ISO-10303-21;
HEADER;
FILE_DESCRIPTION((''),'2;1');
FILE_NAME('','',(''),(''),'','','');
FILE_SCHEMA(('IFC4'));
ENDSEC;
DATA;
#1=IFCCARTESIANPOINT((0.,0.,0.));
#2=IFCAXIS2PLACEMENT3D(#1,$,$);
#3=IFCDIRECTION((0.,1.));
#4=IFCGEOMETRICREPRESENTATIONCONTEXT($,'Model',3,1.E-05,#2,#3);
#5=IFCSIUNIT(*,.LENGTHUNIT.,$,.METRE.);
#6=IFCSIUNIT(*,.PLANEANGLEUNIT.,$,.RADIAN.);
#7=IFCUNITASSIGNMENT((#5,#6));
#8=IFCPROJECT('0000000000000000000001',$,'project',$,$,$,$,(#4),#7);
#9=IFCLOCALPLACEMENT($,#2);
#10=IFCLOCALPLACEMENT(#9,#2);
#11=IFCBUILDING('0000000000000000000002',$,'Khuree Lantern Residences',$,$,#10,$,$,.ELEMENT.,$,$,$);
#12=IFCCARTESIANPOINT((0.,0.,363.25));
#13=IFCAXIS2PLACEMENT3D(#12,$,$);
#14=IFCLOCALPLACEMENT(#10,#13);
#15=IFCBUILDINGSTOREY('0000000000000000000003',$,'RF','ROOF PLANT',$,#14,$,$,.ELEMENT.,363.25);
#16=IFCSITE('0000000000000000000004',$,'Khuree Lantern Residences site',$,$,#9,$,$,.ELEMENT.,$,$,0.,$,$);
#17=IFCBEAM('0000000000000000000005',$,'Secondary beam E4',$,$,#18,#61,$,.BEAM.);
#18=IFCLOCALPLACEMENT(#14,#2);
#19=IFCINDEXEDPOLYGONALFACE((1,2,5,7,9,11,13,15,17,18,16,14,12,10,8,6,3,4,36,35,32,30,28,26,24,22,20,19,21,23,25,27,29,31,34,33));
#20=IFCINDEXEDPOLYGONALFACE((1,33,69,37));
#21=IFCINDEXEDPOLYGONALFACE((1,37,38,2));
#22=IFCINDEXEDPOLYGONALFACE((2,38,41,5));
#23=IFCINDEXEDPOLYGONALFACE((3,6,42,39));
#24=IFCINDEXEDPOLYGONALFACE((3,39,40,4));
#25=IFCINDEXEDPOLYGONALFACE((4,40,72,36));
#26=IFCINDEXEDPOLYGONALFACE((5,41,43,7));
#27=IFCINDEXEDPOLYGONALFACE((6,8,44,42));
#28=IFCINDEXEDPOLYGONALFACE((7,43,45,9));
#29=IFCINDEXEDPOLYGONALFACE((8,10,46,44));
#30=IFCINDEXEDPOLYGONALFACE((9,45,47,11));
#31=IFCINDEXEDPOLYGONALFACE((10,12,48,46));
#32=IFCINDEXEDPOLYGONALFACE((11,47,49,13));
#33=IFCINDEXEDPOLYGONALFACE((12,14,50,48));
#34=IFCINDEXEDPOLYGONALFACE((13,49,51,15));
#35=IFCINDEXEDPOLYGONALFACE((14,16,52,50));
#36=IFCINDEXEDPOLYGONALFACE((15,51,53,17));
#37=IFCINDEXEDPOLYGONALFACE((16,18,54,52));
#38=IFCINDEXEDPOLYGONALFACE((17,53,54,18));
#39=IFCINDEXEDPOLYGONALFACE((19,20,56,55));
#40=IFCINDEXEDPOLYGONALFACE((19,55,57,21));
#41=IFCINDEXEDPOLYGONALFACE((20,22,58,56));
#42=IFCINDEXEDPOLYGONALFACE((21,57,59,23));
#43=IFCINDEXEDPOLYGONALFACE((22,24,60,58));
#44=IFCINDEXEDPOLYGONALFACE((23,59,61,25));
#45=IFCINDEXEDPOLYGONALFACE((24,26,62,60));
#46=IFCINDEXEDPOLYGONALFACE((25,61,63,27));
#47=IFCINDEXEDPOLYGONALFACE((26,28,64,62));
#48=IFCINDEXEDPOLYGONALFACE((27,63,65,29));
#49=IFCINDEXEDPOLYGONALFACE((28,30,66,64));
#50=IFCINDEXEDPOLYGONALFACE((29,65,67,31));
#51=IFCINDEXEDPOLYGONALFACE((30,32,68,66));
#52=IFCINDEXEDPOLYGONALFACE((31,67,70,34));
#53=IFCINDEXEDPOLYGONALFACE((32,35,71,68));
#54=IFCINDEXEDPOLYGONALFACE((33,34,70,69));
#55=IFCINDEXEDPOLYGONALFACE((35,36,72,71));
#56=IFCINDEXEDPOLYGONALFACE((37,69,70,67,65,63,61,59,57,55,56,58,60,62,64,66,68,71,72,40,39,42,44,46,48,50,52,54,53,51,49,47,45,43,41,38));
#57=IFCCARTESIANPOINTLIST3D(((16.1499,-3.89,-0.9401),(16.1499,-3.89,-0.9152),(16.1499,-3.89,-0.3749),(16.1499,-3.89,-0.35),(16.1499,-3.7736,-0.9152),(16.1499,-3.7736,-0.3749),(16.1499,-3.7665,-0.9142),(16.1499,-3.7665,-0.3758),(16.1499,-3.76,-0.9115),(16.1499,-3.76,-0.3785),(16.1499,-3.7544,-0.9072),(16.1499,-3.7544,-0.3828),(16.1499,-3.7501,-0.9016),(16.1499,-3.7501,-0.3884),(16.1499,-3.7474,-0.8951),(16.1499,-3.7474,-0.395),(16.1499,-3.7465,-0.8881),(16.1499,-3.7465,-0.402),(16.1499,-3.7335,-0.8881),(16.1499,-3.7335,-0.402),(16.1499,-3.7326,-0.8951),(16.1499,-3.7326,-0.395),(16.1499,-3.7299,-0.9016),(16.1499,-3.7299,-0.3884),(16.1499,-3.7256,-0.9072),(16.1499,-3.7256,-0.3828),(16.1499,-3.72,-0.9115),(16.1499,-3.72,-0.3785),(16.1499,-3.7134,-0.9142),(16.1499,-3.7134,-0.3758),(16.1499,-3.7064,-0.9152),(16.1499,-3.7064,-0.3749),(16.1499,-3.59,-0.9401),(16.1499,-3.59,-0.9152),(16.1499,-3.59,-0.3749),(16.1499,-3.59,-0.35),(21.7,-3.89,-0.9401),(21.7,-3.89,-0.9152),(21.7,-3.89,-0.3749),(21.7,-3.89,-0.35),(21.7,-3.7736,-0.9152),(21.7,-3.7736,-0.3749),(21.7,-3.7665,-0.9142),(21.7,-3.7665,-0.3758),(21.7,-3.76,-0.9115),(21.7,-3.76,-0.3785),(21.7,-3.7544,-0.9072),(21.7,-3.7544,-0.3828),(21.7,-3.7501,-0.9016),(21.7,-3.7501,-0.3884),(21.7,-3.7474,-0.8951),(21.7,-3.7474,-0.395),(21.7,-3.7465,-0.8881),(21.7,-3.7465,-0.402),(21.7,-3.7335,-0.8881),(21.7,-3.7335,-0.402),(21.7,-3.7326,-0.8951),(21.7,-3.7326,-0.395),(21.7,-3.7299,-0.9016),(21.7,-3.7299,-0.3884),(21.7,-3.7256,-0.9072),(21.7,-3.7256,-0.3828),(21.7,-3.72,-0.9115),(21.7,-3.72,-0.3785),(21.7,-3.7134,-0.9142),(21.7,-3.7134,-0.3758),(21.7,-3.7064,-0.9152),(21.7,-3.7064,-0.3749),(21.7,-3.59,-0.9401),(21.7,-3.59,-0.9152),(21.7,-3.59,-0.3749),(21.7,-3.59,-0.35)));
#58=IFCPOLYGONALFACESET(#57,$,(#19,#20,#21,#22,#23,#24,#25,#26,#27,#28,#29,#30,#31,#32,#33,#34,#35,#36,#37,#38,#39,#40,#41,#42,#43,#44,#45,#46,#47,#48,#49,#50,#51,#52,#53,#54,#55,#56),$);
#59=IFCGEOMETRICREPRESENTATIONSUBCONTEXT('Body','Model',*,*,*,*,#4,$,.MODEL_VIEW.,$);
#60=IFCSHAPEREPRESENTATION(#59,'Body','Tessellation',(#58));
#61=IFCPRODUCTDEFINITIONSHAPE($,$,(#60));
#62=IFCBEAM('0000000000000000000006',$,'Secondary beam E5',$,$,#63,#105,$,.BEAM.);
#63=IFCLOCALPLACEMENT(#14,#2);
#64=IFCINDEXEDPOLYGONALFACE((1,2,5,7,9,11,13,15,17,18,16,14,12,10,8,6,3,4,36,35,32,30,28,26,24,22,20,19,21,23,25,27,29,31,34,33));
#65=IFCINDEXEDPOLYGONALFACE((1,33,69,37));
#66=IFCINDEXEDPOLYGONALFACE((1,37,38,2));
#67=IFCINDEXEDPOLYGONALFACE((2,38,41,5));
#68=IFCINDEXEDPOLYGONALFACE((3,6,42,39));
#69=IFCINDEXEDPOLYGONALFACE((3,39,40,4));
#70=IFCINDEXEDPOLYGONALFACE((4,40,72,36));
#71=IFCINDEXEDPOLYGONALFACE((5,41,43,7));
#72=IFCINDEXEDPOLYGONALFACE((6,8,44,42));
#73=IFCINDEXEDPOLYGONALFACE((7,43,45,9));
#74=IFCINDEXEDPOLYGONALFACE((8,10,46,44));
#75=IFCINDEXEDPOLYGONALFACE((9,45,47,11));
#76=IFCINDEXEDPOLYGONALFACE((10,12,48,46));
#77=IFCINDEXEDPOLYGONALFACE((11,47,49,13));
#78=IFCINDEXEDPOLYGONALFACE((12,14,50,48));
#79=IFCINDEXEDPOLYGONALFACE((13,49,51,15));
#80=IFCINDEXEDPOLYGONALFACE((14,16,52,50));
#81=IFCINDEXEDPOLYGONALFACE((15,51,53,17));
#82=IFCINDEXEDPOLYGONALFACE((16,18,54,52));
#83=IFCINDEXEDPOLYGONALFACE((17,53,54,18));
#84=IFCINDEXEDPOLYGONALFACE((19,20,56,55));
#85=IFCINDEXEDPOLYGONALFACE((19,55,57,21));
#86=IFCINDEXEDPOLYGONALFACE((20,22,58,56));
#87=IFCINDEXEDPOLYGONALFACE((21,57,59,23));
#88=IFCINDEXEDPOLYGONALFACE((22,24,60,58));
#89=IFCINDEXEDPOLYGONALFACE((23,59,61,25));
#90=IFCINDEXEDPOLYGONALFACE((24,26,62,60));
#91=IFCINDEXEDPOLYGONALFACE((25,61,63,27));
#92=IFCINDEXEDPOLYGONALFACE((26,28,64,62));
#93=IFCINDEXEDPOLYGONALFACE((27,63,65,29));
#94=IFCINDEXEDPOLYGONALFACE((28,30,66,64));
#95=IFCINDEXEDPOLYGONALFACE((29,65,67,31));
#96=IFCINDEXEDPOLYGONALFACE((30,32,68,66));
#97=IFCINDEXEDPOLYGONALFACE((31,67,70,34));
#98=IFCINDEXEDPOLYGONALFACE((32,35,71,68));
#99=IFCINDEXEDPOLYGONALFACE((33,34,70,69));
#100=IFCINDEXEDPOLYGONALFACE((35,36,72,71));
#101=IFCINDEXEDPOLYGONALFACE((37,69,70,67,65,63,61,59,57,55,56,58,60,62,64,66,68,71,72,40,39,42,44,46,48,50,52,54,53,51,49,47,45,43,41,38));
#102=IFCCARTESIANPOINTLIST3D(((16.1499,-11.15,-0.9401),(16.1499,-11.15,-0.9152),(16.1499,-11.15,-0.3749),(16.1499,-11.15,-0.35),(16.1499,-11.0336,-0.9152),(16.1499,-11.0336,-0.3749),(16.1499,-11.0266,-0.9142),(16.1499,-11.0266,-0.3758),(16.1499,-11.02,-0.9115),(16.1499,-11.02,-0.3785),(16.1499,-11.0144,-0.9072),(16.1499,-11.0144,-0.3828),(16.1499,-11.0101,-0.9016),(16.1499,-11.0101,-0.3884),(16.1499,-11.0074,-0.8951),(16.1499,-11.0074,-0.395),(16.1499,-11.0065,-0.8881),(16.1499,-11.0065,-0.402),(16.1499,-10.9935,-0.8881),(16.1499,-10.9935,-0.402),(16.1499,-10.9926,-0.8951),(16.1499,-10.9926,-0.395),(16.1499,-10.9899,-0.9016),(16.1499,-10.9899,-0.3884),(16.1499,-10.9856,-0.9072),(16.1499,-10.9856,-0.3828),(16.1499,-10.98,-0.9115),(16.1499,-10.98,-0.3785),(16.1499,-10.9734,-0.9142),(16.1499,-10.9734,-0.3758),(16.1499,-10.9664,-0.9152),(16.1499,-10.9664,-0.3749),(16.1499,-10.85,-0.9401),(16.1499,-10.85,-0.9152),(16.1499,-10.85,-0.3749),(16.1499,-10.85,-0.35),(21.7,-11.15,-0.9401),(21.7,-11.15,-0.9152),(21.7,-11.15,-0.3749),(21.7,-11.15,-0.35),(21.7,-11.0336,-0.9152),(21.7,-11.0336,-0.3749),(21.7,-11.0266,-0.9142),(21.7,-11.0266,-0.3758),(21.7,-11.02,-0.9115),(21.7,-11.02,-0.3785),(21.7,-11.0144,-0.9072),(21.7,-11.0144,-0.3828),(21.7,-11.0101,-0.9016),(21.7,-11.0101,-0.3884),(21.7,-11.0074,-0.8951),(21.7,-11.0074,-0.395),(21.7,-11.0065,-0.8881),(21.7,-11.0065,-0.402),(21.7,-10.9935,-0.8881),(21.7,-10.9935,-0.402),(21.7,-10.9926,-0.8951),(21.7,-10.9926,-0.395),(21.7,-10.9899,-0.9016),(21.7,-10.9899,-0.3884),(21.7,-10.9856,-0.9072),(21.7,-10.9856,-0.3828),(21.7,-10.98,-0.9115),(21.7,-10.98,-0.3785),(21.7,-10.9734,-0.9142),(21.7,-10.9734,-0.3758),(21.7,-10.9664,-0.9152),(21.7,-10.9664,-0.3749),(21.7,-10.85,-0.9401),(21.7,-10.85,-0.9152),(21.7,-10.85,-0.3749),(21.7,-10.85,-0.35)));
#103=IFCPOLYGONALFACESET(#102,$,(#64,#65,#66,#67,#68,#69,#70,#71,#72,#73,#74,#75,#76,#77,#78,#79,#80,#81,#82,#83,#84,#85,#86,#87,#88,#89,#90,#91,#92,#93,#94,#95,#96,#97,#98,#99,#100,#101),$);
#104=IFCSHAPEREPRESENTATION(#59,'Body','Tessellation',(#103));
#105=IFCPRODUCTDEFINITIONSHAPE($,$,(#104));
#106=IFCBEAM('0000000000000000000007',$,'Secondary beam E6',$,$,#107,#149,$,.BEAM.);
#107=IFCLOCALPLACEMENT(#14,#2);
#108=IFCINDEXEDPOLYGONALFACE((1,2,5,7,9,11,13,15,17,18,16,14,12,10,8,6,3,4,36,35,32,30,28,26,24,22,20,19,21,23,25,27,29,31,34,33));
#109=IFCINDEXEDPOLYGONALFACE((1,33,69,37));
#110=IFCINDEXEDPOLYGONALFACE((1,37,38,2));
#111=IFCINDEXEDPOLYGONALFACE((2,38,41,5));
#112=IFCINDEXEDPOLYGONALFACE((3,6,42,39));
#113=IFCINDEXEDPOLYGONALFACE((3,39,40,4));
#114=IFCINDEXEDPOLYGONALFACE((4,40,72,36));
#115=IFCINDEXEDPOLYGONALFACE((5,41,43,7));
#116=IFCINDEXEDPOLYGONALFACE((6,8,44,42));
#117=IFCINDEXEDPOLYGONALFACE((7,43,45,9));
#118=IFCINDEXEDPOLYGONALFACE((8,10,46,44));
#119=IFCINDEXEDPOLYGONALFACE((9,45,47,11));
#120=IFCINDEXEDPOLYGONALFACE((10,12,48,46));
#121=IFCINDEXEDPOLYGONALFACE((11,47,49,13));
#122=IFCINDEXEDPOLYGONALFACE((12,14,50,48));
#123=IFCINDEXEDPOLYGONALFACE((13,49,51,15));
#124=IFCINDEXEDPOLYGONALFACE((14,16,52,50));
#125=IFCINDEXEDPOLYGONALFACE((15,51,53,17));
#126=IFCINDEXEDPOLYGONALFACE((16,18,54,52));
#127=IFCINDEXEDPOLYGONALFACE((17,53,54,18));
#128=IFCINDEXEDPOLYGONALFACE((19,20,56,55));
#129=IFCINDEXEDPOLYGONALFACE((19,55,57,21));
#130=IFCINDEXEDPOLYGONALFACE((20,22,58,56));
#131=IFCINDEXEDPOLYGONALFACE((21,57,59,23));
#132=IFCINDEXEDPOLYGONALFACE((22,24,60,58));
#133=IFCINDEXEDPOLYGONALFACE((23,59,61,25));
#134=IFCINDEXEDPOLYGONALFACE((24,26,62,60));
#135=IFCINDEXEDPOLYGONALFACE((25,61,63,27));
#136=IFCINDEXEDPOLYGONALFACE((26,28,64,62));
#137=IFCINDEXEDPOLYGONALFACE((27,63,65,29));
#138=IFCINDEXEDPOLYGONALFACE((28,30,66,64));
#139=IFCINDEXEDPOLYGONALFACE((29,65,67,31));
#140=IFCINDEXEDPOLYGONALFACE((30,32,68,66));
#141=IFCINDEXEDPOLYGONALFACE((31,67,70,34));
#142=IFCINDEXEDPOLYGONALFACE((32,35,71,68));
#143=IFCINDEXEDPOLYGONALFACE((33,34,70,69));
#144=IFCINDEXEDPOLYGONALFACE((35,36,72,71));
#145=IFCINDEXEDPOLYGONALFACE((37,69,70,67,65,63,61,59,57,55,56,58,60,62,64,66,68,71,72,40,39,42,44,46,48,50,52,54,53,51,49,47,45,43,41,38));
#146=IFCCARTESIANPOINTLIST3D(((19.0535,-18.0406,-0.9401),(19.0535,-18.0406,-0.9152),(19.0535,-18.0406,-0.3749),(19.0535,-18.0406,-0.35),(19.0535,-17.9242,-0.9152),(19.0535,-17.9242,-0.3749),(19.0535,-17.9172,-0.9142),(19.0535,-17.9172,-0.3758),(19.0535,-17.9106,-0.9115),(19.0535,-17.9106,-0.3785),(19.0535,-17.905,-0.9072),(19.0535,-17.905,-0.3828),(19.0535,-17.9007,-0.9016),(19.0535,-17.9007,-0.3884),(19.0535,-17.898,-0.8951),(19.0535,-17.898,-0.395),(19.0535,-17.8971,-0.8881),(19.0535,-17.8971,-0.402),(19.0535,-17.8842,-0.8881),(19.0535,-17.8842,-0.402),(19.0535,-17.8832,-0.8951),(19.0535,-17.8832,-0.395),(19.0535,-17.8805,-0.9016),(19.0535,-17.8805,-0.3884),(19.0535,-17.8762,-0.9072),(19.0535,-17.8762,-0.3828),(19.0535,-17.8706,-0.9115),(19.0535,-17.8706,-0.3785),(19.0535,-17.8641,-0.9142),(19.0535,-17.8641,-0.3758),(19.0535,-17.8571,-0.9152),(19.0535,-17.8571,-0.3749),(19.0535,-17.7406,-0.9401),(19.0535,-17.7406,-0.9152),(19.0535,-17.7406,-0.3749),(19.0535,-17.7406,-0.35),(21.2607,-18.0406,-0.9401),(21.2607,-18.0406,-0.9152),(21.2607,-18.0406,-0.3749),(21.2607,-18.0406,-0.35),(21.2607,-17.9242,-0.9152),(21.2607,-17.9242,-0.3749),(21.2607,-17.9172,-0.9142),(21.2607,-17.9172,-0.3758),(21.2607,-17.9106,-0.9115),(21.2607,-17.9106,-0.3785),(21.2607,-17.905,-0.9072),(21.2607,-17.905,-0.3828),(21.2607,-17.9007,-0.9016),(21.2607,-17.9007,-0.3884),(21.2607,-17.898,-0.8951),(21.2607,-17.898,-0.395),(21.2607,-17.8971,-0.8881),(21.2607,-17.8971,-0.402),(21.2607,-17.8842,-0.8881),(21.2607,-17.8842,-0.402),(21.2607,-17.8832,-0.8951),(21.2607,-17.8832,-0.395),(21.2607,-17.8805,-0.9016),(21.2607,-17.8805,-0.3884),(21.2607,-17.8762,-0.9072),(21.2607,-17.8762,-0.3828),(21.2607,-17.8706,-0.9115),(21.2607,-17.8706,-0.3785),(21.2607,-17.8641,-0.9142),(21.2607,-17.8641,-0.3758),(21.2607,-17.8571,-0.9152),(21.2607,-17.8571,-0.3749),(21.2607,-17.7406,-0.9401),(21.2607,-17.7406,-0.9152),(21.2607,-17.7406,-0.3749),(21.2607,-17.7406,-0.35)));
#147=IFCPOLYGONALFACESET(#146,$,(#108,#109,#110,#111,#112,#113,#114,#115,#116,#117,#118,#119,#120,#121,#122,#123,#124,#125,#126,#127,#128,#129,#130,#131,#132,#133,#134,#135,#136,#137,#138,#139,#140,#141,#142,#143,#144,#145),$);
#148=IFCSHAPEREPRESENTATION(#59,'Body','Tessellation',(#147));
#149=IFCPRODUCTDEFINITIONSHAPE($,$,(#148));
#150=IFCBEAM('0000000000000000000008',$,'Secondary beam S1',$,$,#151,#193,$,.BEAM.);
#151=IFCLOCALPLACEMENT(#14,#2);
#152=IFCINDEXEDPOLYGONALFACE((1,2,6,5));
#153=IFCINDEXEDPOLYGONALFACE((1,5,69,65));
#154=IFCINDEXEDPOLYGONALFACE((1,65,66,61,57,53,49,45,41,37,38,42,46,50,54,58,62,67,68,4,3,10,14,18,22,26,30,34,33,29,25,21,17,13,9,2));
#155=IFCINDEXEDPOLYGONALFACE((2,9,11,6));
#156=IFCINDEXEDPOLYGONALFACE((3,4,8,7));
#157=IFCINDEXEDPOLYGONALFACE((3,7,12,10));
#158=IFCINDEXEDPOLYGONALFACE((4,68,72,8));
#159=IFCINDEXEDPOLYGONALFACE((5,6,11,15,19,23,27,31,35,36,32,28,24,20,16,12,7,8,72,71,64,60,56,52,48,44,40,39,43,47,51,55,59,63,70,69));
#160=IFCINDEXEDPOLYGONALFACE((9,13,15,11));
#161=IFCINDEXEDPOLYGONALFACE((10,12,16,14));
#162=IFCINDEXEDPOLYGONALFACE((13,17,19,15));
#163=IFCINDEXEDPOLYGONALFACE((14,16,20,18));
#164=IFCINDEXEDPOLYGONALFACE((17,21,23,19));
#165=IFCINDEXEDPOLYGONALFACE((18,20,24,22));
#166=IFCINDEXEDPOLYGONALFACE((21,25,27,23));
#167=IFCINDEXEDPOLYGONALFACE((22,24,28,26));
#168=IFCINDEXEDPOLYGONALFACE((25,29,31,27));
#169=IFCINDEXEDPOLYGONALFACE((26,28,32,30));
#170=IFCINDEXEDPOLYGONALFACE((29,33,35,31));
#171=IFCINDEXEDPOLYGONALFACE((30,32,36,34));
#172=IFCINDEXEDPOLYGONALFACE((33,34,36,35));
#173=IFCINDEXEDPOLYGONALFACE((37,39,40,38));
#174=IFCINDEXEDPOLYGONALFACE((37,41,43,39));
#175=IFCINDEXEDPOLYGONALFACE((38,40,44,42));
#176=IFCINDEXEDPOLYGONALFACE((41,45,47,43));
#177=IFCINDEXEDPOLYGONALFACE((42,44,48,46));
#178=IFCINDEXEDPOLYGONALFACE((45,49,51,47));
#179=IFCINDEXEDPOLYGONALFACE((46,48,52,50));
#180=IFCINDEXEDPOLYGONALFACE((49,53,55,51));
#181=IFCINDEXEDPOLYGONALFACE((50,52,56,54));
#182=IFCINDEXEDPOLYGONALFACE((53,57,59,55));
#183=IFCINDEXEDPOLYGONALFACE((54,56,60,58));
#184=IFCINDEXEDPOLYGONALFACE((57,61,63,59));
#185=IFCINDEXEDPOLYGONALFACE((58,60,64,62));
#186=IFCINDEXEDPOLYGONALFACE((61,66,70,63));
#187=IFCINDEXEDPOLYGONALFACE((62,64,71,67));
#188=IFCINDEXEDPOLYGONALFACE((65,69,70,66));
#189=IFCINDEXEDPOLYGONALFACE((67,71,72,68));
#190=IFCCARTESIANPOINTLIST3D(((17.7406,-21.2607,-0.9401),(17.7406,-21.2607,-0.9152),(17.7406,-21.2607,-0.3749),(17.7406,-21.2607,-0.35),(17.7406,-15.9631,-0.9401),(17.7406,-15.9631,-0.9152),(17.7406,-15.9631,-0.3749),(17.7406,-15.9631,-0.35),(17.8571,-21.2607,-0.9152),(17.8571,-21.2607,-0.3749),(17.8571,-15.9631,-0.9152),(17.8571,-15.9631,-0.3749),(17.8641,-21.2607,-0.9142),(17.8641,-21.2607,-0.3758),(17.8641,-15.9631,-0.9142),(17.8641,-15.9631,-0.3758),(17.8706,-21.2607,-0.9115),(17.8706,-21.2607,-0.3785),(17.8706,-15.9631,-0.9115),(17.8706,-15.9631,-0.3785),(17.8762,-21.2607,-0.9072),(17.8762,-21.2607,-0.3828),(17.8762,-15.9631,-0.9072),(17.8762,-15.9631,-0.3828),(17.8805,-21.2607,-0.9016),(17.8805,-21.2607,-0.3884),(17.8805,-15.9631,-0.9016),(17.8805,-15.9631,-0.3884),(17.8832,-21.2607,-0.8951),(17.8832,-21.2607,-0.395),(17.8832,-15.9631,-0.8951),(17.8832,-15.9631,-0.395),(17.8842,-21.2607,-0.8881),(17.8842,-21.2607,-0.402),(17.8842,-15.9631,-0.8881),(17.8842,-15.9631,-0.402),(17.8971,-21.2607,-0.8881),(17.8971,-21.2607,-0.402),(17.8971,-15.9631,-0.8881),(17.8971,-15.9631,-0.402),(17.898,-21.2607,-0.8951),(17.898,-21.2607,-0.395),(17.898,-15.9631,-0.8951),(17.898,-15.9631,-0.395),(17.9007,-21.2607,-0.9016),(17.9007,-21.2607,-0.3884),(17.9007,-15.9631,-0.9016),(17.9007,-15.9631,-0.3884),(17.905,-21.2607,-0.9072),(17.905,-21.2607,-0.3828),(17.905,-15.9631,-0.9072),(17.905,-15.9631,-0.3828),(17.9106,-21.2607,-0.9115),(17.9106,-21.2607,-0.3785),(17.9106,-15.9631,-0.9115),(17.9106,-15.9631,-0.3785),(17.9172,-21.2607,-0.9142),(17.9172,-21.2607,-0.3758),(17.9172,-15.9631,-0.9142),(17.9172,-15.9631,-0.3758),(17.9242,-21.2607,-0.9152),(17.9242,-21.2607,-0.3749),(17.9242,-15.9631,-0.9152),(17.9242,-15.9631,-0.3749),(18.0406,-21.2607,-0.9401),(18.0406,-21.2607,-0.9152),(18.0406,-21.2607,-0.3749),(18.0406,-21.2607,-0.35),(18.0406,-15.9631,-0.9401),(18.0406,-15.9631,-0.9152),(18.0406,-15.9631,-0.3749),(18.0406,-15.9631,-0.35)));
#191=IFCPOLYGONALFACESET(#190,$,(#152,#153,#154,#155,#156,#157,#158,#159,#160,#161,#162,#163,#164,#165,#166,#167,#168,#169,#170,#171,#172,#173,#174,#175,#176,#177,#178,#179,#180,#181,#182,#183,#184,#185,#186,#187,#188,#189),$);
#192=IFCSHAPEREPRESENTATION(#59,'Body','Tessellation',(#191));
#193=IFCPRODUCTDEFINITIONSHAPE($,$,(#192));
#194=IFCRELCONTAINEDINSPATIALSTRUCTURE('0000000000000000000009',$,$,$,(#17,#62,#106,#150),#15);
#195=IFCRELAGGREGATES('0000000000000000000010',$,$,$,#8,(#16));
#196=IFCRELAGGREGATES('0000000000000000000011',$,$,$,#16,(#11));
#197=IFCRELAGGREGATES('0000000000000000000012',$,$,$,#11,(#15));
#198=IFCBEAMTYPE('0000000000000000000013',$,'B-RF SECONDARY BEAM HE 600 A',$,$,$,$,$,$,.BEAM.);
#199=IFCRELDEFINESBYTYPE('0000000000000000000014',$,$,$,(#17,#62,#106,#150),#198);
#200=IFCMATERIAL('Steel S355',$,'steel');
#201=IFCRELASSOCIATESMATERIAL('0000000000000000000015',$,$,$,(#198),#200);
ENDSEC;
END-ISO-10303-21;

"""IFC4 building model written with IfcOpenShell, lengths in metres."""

from ifc_helpers import new_model, si_unit, direction, frame, origin, origin_2d, place, context, subcontext, project, spatial, i_section, extrude, material, material_profile, profile_set, type_object, element, save


model = new_model("IFC4")

# Units and contexts
model_context = context("Model", 3, precision=1e-05, world=origin(), true_north=direction((0.0, 1.0)))
body_context = subcontext(model_context, "Body", "Model", "MODEL_VIEW")
ifc_project = project(units=[si_unit("LENGTHUNIT", "METRE"), si_unit("PLANEANGLEUNIT", "RADIAN")], contexts=[model_context])

# Site, building, storey
site_placement = place(None, origin())
site = spatial("IfcSite", under=ifc_project, at=site_placement, Name="Khuree Lantern Residences site", CompositionType="ELEMENT", RefElevation=0.0)
building_placement = place(site_placement, origin())
building = spatial("IfcBuilding", under=site, at=building_placement, Name="Khuree Lantern Residences", CompositionType="ELEMENT")
storey_placement = place(building_placement, frame((0.0, 0.0, 363.25)))
storey = spatial("IfcBuildingStorey", under=building, at=storey_placement, Name="RF", Description="ROOF PLANT", CompositionType="ELEMENT", Elevation=363.25)

# Shared definitions
ifc_material_1 = material(Name="Steel S355", Category="steel")

# Beams
ifc_material_profile_1 = material_profile(ifc_material_1, i_section(OverallWidth=0.3, OverallDepth=0.5901, WebThickness=0.0129, FlangeThickness=0.0249, FilletRadius=0.0271, at=origin_2d()), Name="HE 600 A")
ifc_profile_set_1 = profile_set([ifc_material_profile_1], Name="Steel S355")
beam_type_1 = type_object("IfcBeamType", Name="B-RF SECONDARY BEAM HE 600 A", PredefinedType="BEAM", material=ifc_profile_set_1)
for number, where, z_axis, x_axis, name in (
    (1, (21.7, -3.74, -0.645), (-1.0, 0.0, 0.0), (0.0, -1.0, 0.0), "Secondary beam E4"),
    (2, (21.7, -11.0, -0.645), (-1.0, 0.0, 0.0), (0.0, -1.0, 0.0), "Secondary beam E5"),
):
    element("IfcBeam", number, at=place(storey_placement, frame(where, z_axis=z_axis, x_axis=x_axis)), inside=storey, type_object=beam_type_1, Name=name, PredefinedType="BEAM", context=body_context, shape_type="SweptSolid", body=[
        extrude(i_section(OverallWidth=0.3, OverallDepth=0.5901, WebThickness=0.0129, FlangeThickness=0.0249, FilletRadius=0.0271, at=origin_2d()), origin(), (0.0, 0.0, 1.0), 5.55),
    ])
beam_1_placement = place(storey_placement, frame((21.2607, -17.8906, -0.645), z_axis=(-1.0, 0.0, 0.0), x_axis=(0.0, -1.0, 0.0)))
element("IfcBeam", 3, at=beam_1_placement, inside=storey, type_object=beam_type_1, Name="Secondary beam E6", PredefinedType="BEAM", context=body_context, shape_type="SweptSolid", body=[
    extrude(i_section(OverallWidth=0.3, OverallDepth=0.5901, WebThickness=0.0129, FlangeThickness=0.0249, FilletRadius=0.0271, at=origin_2d()), origin(), (0.0, 0.0, 1.0), 2.2073),
])
beam_2_placement = place(storey_placement, frame((17.8906, -21.2607, -0.645), z_axis=(0.0, 1.0, 0.0), x_axis=(-1.0, 0.0, 0.0)))
element("IfcBeam", 4, at=beam_2_placement, inside=storey, type_object=beam_type_1, Name="Secondary beam S1", PredefinedType="BEAM", context=body_context, shape_type="SweptSolid", body=[
    extrude(i_section(OverallWidth=0.3, OverallDepth=0.5901, WebThickness=0.0129, FlangeThickness=0.0249, FilletRadius=0.0271, at=origin_2d()), origin(), (0.0, 0.0, 1.0), 5.2976),
])

save(model, "model.ifc")
